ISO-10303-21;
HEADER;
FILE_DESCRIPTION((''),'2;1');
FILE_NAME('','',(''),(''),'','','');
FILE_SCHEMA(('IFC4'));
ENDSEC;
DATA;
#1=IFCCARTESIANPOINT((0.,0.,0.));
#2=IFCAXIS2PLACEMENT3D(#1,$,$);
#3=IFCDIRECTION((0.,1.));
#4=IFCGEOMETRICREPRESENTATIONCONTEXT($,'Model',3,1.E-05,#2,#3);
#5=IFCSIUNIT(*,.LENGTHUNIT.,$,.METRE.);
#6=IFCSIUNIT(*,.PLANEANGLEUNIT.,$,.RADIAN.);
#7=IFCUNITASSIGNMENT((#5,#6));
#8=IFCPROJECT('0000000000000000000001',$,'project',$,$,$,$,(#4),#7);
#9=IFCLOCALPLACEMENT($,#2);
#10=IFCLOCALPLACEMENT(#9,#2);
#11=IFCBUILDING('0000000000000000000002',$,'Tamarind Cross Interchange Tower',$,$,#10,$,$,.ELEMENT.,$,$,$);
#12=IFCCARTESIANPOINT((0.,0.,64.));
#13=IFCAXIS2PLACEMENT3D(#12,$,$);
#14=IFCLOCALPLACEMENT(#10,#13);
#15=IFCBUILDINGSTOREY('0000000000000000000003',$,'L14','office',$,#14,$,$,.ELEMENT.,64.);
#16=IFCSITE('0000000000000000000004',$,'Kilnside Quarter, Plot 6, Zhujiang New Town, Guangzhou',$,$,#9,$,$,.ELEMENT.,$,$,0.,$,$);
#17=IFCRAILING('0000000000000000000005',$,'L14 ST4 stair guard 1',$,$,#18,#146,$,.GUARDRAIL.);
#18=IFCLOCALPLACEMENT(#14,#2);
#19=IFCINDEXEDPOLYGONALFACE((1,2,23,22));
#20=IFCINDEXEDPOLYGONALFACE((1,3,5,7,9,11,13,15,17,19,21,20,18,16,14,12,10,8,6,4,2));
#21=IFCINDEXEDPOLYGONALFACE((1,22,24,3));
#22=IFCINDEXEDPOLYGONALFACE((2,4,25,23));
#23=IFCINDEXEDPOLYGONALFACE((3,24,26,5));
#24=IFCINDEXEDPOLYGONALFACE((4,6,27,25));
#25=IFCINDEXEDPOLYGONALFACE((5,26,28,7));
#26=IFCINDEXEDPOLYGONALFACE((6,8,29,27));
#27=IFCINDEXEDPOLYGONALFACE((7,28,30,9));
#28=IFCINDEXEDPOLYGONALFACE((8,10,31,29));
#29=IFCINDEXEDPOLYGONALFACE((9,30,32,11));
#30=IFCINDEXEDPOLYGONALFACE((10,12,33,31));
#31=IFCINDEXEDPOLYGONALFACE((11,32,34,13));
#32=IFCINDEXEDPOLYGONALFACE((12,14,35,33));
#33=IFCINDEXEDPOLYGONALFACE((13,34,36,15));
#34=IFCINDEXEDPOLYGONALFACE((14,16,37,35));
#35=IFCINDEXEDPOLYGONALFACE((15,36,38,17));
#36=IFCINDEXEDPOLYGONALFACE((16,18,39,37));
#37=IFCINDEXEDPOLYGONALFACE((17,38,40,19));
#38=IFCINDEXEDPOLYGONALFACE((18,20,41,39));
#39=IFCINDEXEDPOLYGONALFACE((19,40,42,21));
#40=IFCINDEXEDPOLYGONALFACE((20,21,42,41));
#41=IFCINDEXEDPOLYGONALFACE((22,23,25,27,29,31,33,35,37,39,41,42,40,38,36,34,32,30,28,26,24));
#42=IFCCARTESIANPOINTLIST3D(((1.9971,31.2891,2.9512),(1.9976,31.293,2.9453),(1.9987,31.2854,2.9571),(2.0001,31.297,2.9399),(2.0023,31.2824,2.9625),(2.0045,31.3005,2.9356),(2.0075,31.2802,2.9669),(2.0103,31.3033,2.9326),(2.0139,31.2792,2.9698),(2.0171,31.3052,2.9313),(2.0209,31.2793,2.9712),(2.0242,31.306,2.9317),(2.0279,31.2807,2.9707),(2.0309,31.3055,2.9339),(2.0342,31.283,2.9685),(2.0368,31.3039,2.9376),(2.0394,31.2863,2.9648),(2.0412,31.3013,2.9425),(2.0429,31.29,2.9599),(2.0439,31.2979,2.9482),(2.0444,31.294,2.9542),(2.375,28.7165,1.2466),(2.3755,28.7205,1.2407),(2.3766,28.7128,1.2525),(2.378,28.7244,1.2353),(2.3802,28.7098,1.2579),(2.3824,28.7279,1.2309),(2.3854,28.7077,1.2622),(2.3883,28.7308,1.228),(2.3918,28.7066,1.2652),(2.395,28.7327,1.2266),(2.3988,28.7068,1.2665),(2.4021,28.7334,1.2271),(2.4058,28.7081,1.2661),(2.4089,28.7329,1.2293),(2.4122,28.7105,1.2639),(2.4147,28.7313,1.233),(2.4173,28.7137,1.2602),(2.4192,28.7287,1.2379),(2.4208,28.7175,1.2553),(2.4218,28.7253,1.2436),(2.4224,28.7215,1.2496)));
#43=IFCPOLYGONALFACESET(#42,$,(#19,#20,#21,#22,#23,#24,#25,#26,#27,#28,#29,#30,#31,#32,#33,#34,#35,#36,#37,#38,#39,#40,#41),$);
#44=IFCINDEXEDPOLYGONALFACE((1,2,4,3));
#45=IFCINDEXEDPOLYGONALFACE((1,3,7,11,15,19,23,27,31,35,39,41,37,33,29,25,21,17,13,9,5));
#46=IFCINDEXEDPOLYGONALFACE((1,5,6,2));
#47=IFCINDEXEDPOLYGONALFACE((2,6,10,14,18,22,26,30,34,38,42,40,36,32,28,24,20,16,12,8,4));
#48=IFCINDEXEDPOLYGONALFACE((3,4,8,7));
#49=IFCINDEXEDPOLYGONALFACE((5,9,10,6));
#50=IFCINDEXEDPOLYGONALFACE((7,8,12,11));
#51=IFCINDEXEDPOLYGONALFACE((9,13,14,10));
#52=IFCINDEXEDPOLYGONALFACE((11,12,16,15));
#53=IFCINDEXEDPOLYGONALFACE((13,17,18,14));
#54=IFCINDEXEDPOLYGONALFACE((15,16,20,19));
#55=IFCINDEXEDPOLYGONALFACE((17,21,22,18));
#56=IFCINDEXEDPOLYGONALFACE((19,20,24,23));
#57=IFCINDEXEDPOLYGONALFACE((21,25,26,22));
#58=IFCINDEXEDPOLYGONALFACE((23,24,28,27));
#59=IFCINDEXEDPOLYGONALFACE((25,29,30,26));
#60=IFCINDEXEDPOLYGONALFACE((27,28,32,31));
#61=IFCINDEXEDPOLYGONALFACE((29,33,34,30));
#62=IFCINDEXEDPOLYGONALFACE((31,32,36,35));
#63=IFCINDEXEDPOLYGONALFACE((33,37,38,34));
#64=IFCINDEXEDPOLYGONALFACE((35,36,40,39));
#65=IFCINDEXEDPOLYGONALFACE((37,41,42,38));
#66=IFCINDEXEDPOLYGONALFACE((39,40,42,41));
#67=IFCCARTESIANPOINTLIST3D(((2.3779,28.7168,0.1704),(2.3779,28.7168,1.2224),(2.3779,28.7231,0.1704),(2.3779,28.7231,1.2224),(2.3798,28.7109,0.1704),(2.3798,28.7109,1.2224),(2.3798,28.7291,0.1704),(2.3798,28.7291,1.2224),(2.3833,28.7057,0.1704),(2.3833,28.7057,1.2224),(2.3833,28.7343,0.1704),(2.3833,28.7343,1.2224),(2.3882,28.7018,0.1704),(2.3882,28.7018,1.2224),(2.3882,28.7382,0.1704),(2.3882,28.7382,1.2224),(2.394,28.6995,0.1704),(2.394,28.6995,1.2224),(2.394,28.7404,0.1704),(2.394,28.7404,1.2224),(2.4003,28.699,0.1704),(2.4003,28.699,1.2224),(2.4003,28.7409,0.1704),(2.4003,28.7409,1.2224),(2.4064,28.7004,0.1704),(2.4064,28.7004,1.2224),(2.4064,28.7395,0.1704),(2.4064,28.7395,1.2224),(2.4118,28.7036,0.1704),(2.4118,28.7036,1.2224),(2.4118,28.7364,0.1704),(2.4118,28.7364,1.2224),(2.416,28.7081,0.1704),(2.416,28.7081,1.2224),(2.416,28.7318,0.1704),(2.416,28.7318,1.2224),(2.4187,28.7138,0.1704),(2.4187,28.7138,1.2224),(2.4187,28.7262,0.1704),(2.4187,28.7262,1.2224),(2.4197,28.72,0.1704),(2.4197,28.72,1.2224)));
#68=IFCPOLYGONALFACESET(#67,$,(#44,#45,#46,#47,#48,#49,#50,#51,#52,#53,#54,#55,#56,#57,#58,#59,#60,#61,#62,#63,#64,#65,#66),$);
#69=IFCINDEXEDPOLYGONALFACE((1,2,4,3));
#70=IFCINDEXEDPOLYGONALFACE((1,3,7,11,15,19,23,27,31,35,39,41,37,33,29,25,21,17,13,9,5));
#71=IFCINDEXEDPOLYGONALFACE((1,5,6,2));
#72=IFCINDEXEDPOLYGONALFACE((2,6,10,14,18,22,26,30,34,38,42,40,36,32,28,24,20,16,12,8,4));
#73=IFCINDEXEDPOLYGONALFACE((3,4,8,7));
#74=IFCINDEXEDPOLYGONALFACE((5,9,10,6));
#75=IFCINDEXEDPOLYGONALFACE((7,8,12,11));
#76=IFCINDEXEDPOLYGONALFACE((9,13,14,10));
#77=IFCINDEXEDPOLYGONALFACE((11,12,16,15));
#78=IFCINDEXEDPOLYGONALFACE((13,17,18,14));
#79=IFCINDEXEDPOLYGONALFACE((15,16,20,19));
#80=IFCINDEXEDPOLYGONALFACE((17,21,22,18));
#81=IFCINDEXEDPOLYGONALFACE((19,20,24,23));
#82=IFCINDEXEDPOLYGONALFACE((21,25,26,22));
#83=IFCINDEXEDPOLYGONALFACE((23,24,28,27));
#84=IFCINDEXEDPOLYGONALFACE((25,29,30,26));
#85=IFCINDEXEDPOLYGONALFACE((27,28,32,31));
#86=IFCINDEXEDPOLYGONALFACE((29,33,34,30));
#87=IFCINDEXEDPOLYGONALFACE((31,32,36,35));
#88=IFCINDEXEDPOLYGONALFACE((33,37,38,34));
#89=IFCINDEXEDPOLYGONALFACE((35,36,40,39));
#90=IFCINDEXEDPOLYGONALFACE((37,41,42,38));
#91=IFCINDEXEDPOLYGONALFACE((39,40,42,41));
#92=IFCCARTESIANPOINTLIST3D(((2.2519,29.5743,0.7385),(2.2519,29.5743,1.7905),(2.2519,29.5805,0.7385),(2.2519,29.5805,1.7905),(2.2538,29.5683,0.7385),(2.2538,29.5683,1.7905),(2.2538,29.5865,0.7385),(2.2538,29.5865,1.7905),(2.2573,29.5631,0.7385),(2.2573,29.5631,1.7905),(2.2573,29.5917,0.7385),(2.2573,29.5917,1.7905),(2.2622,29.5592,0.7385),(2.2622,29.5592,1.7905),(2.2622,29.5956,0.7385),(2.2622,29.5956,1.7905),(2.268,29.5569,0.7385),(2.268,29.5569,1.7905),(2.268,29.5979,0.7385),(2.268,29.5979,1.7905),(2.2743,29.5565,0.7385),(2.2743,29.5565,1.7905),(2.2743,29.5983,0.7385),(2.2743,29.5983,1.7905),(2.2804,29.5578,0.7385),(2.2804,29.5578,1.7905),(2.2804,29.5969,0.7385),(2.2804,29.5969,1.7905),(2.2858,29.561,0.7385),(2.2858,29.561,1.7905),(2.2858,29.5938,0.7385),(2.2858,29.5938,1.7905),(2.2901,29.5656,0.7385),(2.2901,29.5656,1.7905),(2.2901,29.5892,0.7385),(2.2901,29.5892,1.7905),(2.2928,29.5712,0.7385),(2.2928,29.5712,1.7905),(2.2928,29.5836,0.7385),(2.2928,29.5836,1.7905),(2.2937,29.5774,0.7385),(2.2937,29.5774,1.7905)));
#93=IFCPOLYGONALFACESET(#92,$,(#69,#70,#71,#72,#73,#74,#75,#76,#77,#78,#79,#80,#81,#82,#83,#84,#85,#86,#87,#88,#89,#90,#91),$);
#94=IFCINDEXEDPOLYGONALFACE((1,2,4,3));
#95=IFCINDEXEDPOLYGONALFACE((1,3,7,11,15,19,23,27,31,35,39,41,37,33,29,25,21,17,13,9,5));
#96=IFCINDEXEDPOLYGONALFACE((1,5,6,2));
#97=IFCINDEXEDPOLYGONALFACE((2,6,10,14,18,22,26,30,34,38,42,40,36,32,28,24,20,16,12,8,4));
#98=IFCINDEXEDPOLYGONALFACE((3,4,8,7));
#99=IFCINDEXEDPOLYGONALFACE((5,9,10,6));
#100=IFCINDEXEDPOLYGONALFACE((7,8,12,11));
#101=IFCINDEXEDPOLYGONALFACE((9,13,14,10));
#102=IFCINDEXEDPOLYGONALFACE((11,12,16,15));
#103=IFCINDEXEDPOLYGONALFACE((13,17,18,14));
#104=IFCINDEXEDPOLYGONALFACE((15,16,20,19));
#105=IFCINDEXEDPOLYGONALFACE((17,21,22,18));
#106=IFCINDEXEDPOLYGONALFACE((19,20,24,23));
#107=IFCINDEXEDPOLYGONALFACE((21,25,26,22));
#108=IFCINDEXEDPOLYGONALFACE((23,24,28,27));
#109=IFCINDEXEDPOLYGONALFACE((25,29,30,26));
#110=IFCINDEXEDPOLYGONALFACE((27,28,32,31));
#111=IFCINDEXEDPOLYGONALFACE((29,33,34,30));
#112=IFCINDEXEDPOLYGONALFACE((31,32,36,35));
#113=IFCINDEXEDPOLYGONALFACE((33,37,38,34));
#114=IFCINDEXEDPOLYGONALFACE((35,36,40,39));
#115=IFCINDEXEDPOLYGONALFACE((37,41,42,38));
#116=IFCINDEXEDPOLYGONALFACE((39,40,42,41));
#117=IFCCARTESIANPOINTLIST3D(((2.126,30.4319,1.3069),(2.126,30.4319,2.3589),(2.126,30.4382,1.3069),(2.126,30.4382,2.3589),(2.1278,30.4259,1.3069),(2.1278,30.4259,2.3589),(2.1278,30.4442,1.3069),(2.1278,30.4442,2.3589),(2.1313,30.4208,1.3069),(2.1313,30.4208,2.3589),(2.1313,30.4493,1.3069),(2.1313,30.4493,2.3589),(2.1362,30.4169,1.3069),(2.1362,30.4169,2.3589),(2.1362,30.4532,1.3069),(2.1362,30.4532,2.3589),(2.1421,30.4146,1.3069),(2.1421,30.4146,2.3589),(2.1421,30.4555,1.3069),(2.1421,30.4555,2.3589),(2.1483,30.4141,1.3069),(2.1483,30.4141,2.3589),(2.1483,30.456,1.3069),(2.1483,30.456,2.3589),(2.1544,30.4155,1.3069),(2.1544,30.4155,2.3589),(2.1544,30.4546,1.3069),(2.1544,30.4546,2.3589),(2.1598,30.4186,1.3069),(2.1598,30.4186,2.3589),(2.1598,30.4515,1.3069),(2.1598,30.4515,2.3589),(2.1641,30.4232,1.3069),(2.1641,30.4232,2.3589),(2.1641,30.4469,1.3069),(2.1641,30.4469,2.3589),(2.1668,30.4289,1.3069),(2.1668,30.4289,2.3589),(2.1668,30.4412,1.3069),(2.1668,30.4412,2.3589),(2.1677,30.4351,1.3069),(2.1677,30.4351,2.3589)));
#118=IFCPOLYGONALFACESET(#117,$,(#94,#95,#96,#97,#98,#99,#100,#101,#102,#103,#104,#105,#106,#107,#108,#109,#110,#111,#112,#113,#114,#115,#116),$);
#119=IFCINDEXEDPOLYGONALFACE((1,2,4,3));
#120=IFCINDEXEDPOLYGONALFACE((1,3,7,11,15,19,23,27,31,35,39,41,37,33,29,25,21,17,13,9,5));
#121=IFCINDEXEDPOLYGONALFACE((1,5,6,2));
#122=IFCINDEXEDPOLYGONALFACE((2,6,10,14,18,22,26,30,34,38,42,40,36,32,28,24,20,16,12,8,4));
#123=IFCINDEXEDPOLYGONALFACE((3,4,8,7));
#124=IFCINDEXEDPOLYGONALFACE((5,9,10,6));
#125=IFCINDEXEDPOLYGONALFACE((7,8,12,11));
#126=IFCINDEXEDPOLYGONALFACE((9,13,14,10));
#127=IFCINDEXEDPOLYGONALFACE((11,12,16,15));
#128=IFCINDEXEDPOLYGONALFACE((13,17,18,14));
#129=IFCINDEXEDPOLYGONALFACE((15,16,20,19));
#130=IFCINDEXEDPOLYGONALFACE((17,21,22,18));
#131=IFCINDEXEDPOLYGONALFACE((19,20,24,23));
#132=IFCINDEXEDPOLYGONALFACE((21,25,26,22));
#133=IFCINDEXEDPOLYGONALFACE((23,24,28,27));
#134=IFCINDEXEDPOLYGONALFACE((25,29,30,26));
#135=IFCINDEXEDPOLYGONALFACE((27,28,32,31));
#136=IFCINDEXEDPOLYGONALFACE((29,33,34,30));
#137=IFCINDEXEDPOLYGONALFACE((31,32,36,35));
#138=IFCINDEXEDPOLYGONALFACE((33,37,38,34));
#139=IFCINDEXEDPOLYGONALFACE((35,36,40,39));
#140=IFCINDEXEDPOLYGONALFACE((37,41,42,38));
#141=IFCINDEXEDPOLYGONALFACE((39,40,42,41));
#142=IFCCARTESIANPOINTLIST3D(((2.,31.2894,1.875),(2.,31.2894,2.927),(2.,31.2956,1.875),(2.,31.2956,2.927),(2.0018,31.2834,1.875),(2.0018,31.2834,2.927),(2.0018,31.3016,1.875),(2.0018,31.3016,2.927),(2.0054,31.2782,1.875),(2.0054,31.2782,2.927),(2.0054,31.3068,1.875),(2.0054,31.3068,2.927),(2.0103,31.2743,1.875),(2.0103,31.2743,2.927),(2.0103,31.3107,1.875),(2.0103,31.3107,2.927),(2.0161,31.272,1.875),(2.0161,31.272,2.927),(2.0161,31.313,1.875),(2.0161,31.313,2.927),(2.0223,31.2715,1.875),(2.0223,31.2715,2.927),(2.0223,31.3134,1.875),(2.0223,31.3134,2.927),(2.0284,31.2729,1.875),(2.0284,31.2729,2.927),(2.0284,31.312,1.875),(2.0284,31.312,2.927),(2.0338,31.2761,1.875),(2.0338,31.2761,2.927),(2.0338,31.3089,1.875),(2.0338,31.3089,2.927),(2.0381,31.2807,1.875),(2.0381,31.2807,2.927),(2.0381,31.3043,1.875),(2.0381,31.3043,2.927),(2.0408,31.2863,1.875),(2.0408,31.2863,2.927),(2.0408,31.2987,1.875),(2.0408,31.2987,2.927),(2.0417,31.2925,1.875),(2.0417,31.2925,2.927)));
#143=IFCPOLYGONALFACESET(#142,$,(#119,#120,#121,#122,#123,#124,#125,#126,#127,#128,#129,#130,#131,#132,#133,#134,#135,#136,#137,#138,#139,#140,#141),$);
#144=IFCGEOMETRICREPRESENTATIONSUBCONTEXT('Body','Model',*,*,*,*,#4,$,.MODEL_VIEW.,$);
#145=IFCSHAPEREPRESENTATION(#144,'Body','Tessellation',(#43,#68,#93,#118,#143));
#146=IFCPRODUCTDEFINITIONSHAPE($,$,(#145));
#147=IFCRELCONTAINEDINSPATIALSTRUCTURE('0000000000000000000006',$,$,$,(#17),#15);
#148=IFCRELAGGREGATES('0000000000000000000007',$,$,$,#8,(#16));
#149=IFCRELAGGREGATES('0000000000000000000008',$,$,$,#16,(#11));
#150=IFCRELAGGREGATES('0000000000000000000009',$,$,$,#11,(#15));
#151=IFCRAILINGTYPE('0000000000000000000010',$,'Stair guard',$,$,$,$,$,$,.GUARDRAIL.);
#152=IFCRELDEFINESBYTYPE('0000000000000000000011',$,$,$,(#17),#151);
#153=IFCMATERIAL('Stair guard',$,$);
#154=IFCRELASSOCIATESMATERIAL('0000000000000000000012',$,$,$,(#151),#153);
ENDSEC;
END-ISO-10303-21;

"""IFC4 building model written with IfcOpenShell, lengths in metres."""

from ifc_helpers import new_model, si_unit, direction, frame, origin, origin_2d, place, context, subcontext, project, spatial, circle, extrude, material, type_object, element, save


model = new_model("IFC4")

# Units and contexts
model_context = context("Model", 3, precision=1e-05, world=origin(), true_north=direction((0.0, 1.0)))
body_context = subcontext(model_context, "Body", "Model", "MODEL_VIEW")
ifc_project = project(units=[si_unit("LENGTHUNIT", "METRE"), si_unit("PLANEANGLEUNIT", "RADIAN")], contexts=[model_context])

# Site, building, storey
site_placement = place(None, origin())
site = spatial("IfcSite", under=ifc_project, at=site_placement, Name="Kilnside Quarter, Plot 6, Zhujiang New Town, Guangzhou", CompositionType="ELEMENT", RefElevation=0.0)
building_placement = place(site_placement, origin())
building = spatial("IfcBuilding", under=site, at=building_placement, Name="Tamarind Cross Interchange Tower", CompositionType="ELEMENT")
storey_placement = place(building_placement, frame((0.0, 0.0, 64.0)))
storey = spatial("IfcBuildingStorey", under=building, at=storey_placement, Name="L14", Description="office", CompositionType="ELEMENT", Elevation=64.0)

# Railing
ifc_material_1 = material(Name="Stair guard")
railing_type_1 = type_object("IfcRailingType", Name="Stair guard", PredefinedType="GUARDRAIL", material=ifc_material_1)
railing_1_placement = place(storey_placement, frame((2.3987, 28.72, 0.1704)))
element("IfcRailing", 1, at=railing_1_placement, inside=storey, type_object=railing_type_1, Name="L14 ST4 stair guard 1", PredefinedType="GUARDRAIL", context=body_context, shape_type="SweptSolid", body=[
    extrude(circle(Radius=0.0239, at=origin_2d()), frame((0.0, 0.0, 1.0762), z_axis=(-0.121557, 0.827423, 0.548265), x_axis=(-0.98938, -0.145351, 0.0)), (0.0, 0.0, 1.0), 3.1091),
    extrude(circle(Radius=0.021, at=origin_2d()), origin(), (0.0, 0.0, 1.0), 1.052),
    extrude(circle(Radius=0.021, at=origin_2d()), frame((-0.126, 0.8574, 0.5681)), (0.0, 0.0, 1.0), 1.052),
    extrude(circle(Radius=0.021, at=origin_2d()), frame((-0.252, 1.7151, 1.1365)), (0.0, 0.0, 1.0), 1.052),
    extrude(circle(Radius=0.021, at=origin_2d()), frame((-0.3779, 2.5725, 1.7046)), (0.0, 0.0, 1.0), 1.052),
])

save(model, "model.ifc")
